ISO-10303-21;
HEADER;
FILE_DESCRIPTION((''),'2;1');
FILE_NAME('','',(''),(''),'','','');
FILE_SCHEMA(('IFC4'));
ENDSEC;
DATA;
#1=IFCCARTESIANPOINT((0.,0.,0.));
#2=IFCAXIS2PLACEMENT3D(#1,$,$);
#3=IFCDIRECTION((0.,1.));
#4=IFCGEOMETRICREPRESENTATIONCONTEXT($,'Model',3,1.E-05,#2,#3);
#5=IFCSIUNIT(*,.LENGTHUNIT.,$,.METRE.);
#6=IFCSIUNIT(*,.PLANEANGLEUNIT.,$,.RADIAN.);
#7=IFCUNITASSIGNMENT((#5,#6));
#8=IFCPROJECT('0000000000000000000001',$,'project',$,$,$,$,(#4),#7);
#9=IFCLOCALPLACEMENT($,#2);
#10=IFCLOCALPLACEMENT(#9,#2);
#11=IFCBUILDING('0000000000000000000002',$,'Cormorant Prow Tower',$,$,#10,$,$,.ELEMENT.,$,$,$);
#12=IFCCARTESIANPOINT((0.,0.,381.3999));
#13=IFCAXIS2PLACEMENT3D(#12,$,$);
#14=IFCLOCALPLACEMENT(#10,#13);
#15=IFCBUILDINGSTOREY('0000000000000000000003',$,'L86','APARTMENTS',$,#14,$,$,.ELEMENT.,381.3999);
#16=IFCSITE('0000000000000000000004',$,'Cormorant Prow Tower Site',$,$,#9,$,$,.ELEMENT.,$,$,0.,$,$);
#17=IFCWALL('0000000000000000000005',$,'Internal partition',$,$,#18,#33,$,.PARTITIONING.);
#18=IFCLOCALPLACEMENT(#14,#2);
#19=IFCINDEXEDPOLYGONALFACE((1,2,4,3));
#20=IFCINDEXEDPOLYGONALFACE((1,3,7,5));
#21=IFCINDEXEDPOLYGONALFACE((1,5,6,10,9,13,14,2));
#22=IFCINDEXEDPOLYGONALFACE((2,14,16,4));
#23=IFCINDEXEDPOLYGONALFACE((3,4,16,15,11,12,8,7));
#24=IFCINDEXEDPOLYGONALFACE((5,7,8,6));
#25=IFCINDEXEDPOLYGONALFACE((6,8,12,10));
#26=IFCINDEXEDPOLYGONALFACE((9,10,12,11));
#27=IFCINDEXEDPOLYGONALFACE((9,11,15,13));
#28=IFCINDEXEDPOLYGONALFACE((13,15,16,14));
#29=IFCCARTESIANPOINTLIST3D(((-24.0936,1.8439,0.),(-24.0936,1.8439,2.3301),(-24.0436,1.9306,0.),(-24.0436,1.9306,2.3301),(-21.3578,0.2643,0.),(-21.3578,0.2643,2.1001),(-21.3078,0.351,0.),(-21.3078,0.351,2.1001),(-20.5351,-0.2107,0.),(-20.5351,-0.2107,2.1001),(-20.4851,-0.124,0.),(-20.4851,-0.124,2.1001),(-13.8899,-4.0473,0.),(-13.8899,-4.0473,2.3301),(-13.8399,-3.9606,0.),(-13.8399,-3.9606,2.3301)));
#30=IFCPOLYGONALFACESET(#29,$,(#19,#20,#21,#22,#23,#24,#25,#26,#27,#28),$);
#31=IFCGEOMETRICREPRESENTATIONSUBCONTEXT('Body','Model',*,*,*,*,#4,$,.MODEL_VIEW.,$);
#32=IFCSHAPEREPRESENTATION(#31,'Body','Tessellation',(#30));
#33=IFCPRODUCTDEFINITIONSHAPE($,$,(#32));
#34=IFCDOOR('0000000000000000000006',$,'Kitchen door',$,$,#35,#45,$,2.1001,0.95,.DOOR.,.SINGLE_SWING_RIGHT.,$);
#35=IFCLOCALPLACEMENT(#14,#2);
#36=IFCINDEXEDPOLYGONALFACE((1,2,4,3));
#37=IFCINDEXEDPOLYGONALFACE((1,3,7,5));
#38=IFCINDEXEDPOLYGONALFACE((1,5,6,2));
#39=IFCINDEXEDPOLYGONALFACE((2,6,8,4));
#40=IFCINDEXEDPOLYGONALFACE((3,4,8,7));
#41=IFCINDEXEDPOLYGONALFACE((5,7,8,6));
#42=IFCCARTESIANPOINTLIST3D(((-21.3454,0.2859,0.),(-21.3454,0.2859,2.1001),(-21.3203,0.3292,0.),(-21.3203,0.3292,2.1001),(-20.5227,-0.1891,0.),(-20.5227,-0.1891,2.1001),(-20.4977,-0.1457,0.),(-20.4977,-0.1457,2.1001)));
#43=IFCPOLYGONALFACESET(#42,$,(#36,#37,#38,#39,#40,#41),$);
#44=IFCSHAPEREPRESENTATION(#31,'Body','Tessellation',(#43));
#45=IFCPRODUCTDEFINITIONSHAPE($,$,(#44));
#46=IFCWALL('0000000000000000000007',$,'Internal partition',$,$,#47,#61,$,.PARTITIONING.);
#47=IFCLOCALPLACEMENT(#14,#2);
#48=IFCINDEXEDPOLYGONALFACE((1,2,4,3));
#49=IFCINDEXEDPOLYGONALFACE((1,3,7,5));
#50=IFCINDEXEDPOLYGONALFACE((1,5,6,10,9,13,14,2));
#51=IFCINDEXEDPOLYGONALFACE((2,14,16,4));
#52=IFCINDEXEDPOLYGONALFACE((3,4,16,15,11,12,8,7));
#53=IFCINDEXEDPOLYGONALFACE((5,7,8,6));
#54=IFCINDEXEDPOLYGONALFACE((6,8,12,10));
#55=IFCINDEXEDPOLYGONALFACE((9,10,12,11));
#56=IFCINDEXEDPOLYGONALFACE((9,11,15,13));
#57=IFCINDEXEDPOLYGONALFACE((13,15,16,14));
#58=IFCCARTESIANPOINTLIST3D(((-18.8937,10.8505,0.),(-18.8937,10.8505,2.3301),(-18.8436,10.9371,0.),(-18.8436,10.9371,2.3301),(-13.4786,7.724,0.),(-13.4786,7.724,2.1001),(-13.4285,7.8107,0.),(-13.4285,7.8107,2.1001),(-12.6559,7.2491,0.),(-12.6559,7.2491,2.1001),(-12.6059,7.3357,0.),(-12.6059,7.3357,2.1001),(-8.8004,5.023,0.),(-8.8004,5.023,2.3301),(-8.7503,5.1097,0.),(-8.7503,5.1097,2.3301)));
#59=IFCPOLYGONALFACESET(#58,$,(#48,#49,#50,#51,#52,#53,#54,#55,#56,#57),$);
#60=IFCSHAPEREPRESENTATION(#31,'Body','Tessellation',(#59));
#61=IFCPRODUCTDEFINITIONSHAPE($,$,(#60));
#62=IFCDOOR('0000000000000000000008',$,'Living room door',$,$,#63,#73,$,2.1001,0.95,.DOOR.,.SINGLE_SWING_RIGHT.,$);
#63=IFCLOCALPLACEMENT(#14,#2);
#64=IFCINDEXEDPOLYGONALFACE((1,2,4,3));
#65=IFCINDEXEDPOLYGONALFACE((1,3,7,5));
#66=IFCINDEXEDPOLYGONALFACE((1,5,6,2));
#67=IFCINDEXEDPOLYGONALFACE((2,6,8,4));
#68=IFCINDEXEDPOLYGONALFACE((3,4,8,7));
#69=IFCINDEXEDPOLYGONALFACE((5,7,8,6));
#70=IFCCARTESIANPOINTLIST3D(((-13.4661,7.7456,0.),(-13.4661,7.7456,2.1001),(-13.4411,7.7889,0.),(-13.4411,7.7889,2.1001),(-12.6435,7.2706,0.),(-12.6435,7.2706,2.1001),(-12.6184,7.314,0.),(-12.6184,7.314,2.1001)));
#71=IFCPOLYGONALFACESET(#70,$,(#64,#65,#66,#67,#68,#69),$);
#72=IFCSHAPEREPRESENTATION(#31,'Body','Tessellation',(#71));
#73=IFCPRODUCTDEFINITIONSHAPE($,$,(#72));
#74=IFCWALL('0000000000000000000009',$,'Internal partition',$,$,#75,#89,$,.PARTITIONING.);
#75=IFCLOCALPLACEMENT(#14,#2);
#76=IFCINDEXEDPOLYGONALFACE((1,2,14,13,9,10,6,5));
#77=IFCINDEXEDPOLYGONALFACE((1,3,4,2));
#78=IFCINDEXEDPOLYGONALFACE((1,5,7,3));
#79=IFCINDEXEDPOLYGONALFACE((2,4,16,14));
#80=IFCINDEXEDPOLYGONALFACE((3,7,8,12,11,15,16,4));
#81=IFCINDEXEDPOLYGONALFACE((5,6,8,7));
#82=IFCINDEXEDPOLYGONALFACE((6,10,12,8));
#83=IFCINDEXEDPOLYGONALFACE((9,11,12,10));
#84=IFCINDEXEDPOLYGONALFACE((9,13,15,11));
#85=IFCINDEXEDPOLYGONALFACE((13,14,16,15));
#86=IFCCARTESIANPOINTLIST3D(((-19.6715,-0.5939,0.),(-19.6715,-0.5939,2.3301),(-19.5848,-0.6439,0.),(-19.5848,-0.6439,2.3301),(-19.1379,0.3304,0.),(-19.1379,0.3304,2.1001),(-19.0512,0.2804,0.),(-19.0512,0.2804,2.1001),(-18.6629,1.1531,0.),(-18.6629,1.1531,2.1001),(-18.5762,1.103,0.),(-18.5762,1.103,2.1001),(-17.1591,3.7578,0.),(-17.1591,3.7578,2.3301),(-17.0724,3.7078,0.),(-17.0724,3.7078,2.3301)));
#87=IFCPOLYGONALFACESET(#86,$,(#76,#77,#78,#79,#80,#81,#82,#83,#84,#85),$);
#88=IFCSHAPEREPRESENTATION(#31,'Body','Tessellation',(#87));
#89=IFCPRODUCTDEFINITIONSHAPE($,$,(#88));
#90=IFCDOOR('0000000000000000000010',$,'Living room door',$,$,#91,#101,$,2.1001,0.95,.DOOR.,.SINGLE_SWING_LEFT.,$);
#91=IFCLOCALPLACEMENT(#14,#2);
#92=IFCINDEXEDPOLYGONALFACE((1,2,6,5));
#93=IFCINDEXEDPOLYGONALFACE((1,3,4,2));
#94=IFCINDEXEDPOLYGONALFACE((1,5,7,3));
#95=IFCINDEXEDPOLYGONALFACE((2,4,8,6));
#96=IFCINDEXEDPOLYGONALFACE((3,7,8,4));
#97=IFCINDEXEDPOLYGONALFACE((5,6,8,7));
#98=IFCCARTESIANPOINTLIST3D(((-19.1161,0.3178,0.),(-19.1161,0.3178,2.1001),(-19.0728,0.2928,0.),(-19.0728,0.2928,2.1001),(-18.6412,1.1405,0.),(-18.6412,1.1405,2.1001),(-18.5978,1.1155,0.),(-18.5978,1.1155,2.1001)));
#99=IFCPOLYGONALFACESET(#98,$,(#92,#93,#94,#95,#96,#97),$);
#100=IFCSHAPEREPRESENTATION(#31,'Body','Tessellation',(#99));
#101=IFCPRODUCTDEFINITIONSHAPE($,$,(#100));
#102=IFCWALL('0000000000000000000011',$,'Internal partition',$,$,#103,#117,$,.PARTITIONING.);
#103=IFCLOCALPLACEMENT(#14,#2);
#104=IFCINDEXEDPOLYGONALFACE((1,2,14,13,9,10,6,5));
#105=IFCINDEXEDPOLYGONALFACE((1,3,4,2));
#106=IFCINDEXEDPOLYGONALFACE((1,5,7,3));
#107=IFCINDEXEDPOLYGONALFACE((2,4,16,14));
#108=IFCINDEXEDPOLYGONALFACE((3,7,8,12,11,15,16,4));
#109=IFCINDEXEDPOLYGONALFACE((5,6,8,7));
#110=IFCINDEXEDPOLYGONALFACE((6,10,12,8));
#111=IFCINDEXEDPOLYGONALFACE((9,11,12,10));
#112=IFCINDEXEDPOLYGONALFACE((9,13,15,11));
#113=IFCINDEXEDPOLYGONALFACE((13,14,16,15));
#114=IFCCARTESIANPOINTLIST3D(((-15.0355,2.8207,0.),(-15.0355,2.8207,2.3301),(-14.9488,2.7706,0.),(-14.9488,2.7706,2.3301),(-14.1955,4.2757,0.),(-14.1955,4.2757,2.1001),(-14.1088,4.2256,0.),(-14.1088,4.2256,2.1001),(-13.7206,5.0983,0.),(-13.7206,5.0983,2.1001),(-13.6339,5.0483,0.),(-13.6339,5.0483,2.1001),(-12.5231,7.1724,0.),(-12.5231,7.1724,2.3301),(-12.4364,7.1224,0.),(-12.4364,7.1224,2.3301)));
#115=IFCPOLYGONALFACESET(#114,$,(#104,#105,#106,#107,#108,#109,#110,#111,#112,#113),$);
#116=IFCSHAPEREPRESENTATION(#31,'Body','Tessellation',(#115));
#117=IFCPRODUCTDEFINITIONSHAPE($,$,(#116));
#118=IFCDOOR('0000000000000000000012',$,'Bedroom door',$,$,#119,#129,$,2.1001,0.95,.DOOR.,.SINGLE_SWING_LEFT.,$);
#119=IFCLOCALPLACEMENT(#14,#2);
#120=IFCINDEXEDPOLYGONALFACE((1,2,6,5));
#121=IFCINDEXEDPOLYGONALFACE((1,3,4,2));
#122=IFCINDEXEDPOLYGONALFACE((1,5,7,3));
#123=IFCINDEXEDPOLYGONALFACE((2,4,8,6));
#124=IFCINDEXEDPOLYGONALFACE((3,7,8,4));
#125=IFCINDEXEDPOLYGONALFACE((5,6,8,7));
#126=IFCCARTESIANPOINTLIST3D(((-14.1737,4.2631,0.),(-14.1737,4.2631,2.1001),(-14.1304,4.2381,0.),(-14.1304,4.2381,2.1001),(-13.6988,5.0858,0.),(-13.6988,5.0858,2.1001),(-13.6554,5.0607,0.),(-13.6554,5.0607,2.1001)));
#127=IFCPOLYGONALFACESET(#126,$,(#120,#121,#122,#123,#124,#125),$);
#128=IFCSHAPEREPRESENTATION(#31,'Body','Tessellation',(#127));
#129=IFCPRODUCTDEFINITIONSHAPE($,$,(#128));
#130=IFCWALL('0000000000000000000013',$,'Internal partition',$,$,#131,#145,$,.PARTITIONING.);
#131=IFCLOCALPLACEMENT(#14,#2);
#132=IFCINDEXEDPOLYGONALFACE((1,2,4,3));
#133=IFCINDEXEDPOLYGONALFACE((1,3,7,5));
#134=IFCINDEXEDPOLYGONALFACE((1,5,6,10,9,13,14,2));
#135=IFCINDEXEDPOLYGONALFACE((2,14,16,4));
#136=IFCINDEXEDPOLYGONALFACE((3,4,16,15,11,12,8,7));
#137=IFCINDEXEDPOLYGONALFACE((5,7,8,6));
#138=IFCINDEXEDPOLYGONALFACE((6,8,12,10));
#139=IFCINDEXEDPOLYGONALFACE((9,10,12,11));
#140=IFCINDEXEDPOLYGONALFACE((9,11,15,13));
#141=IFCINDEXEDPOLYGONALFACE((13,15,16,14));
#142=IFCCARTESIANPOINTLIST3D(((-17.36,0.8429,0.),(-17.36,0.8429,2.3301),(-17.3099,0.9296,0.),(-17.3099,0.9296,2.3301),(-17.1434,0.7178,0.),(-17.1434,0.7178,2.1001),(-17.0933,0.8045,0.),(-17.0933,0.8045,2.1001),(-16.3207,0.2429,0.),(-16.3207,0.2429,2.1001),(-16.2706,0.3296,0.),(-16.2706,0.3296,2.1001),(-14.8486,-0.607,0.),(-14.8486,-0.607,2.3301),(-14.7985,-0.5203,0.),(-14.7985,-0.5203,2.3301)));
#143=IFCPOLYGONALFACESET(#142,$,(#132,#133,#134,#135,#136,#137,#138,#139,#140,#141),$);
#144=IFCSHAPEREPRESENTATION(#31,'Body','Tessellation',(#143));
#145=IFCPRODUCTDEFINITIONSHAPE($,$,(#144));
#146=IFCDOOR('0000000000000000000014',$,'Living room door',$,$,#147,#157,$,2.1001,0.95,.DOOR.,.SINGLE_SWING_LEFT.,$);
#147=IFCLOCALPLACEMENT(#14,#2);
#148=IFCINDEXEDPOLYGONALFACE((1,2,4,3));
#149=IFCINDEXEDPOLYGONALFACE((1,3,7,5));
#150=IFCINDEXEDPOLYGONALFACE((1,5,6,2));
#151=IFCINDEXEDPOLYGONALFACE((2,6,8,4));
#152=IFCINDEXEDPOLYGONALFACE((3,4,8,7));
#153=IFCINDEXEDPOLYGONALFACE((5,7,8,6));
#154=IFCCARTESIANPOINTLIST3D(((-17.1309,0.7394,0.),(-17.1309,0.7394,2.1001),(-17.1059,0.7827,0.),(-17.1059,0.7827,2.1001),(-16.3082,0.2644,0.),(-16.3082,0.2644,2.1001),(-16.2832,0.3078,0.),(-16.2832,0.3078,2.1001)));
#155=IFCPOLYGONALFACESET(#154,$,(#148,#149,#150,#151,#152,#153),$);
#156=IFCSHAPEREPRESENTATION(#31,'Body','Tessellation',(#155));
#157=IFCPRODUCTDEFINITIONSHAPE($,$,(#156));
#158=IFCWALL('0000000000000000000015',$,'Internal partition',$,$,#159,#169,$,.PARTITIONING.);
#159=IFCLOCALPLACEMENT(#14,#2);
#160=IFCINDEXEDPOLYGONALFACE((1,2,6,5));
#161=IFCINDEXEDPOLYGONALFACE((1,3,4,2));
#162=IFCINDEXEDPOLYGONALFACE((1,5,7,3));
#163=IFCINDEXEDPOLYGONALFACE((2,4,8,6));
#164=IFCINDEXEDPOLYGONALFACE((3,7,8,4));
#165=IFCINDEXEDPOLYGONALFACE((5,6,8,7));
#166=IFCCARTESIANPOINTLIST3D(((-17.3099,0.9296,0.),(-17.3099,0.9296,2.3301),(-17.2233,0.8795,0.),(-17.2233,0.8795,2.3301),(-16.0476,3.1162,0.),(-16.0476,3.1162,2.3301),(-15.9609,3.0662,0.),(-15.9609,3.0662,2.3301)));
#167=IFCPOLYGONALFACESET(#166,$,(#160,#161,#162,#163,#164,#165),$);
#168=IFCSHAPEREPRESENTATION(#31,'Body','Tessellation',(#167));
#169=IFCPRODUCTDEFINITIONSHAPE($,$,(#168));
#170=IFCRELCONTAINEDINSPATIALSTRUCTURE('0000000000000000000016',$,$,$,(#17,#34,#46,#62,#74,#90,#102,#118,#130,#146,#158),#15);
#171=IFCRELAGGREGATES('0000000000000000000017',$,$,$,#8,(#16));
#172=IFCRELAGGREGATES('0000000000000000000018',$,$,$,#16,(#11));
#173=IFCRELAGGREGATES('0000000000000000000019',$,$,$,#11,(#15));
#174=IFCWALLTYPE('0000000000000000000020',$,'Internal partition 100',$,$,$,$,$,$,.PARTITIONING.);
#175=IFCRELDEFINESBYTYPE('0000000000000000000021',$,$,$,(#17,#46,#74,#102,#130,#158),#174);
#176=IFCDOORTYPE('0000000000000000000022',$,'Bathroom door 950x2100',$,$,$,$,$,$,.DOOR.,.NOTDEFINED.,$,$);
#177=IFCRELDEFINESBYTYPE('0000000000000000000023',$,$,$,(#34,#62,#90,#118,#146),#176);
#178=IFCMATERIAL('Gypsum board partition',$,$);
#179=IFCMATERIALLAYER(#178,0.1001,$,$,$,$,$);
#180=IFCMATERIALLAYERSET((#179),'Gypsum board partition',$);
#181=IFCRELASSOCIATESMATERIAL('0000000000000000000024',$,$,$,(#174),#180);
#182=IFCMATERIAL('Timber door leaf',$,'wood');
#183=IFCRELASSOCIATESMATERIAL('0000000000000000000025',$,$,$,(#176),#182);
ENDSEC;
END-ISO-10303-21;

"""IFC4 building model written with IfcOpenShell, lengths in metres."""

from ifc_helpers import new_model, si_unit, direction, frame, frame_2d, origin, place, context, subcontext, project, spatial, rectangle, extrude, material, layer, layer_set, type_object, element, fill, save


model = new_model("IFC4")

# Units and contexts
model_context = context("Model", 3, precision=1e-05, world=origin(), true_north=direction((0.0, 1.0)))
body_context = subcontext(model_context, "Body", "Model", "MODEL_VIEW")
ifc_project = project(units=[si_unit("LENGTHUNIT", "METRE"), si_unit("PLANEANGLEUNIT", "RADIAN")], contexts=[model_context])

# Site, building, storey
site_placement = place(None, origin())
site = spatial("IfcSite", under=ifc_project, at=site_placement, Name="Cormorant Prow Tower Site", CompositionType="ELEMENT", RefElevation=0.0)
building_placement = place(site_placement, origin())
building = spatial("IfcBuilding", under=site, at=building_placement, Name="Cormorant Prow Tower", CompositionType="ELEMENT")
storey_placement = place(building_placement, frame((0.0, 0.0, 381.3999)))
storey = spatial("IfcBuildingStorey", under=building, at=storey_placement, Name="L86", Description="APARTMENTS", CompositionType="ELEMENT", Elevation=381.3999)

# Walls, openings, doors
ifc_material_1 = material(Name="Gypsum board partition")
ifc_layer_1 = layer(ifc_material_1, 0.1001)
ifc_layer_set_1 = layer_set([ifc_layer_1], Name="Gypsum board partition")
wall_type_1 = type_object("IfcWallType", Name="Internal partition 100", PredefinedType="PARTITIONING", material=ifc_layer_set_1)
wall_1_placement = place(storey_placement, frame((-24.0686, 1.8872, 0.0), z_axis=(0.0, 0.0, 1.0), x_axis=(0.866023, -0.500003, 0.0)))
wall_1 = element("IfcWall", 1, at=wall_1_placement, inside=storey, type_object=wall_type_1, Name="Internal partition", PredefinedType="PARTITIONING", context=body_context, shape_type="SweptSolid", body=[
    extrude(rectangle(XDim=11.7822, YDim=0.1001, at=frame_2d((5.8911, 0.0))), origin(), (0.0, 0.0, 1.0), 2.3301),
])
opening_1_placement = place(wall_1_placement, frame((3.1589, 0.0, 0.0)))
opening_1 = element("IfcOpeningElement", 2, at=opening_1_placement, cuts=wall_1, PredefinedType="OPENING", context=body_context, shape_type="SweptSolid", body=[
    extrude(rectangle(XDim=0.95, YDim=2.1001, at=frame_2d((0.4751, 1.05))), frame((0.0, 0.0601, 0.0), z_axis=(0.0, -1.0, 0.0), x_axis=(1.0, 0.0, 0.0)), (0.0, 0.0, 1.0), 0.1201),
])
ifc_material_2 = material(Name="Timber door leaf", Category="wood")
door_type_1 = type_object("IfcDoorType", Name="Bathroom door 950x2100", OperationType="NOTDEFINED", PredefinedType="DOOR", material=ifc_material_2)
door_1_placement = place(opening_1_placement, origin())
door_1 = element("IfcDoor", 3, at=door_1_placement, inside=storey, type_object=door_type_1, Name="Kitchen door", OperationType="SINGLE_SWING_RIGHT", OverallHeight=2.1001, OverallWidth=0.95, PredefinedType="DOOR", context=body_context, shape_type="SweptSolid", body=[
    extrude(rectangle(XDim=0.95, YDim=2.1001, at=frame_2d((0.4751, 1.05))), frame((0.0, 0.0249, 0.0), z_axis=(0.0, -1.0, 0.0), x_axis=(1.0, 0.0, 0.0)), (0.0, 0.0, 1.0), 0.05),
])
fill(opening_1, door_1)
wall_2_placement = place(storey_placement, frame((-18.8687, 10.8938, 0.0), z_axis=(0.0, 0.0, 1.0), x_axis=(0.866024, -0.500003, 0.0)))
wall_2 = element("IfcWall", 4, at=wall_2_placement, inside=storey, type_object=wall_type_1, Name="Internal partition", PredefinedType="PARTITIONING", context=body_context, shape_type="SweptSolid", body=[
    extrude(rectangle(XDim=11.6548, YDim=0.1001, at=frame_2d((5.8274, 0.0))), origin(), (0.0, 0.0, 1.0), 2.3301),
])
opening_2_placement = place(wall_2_placement, frame((6.2527, 0.0, 0.0)))
opening_2 = element("IfcOpeningElement", 5, at=opening_2_placement, cuts=wall_2, PredefinedType="OPENING", context=body_context, shape_type="SweptSolid", body=[
    extrude(rectangle(XDim=0.95, YDim=2.1001, at=frame_2d((0.4751, 1.05))), frame((0.0, 0.0601, 0.0), z_axis=(0.0, -1.0, 0.0), x_axis=(1.0, 0.0, 0.0)), (0.0, 0.0, 1.0), 0.1201),
])
door_2_placement = place(opening_2_placement, origin())
door_2 = element("IfcDoor", 6, at=door_2_placement, inside=storey, type_object=door_type_1, Name="Living room door", OperationType="SINGLE_SWING_RIGHT", OverallHeight=2.1001, OverallWidth=0.95, PredefinedType="DOOR", context=body_context, shape_type="SweptSolid", body=[
    extrude(rectangle(XDim=0.95, YDim=2.1001, at=frame_2d((0.4751, 1.05))), frame((0.0, 0.0249, 0.0), z_axis=(0.0, -1.0, 0.0), x_axis=(1.0, 0.0, 0.0)), (0.0, 0.0, 1.0), 0.05),
])
fill(opening_2, door_2)
wall_3_placement = place(storey_placement, frame((-19.6282, -0.6189, 0.0), z_axis=(0.0, 0.0, 1.0), x_axis=(0.49999, 0.866031, 0.0)))
wall_3 = element("IfcWall", 7, at=wall_3_placement, inside=storey, type_object=wall_type_1, Name="Internal partition", PredefinedType="PARTITIONING", context=body_context, shape_type="SweptSolid", body=[
    extrude(rectangle(XDim=5.0249, YDim=0.1001, at=frame_2d((2.5125, 0.0))), origin(), (0.0, 0.0, 1.0), 2.3301),
])
opening_3_placement = place(wall_3_placement, frame((1.0671, 0.0, 0.0)))
opening_3 = element("IfcOpeningElement", 8, at=opening_3_placement, cuts=wall_3, PredefinedType="OPENING", context=body_context, shape_type="SweptSolid", body=[
    extrude(rectangle(XDim=0.95, YDim=2.1001, at=frame_2d((0.4751, 1.05))), frame((0.0, 0.0601, 0.0), z_axis=(0.0, -1.0, 0.0), x_axis=(1.0, 0.0, 0.0)), (0.0, 0.0, 1.0), 0.1201),
])
door_3_placement = place(opening_3_placement, origin())
door_3 = element("IfcDoor", 9, at=door_3_placement, inside=storey, type_object=door_type_1, Name="Living room door", OperationType="SINGLE_SWING_LEFT", OverallHeight=2.1001, OverallWidth=0.95, PredefinedType="DOOR", context=body_context, shape_type="SweptSolid", body=[
    extrude(rectangle(XDim=0.95, YDim=2.1001, at=frame_2d((0.4751, 1.05))), frame((0.0, 0.0249, 0.0), z_axis=(0.0, -1.0, 0.0), x_axis=(1.0, 0.0, 0.0)), (0.0, 0.0, 1.0), 0.05),
])
fill(opening_3, door_3)
wall_4_placement = place(storey_placement, frame((-14.9922, 2.7957, 0.0), z_axis=(0.0, 0.0, 1.0), x_axis=(0.49999, 0.866031, 0.0)))
wall_4 = element("IfcWall", 10, at=wall_4_placement, inside=storey, type_object=wall_type_1, Name="Internal partition", PredefinedType="PARTITIONING", context=body_context, shape_type="SweptSolid", body=[
    extrude(rectangle(XDim=5.0249, YDim=0.1001, at=frame_2d((2.5125, 0.0))), origin(), (0.0, 0.0, 1.0), 2.3301),
])
opening_4_placement = place(wall_4_placement, frame((1.6799, 0.0, 0.0)))
opening_4 = element("IfcOpeningElement", 11, at=opening_4_placement, cuts=wall_4, PredefinedType="OPENING", context=body_context, shape_type="SweptSolid", body=[
    extrude(rectangle(XDim=0.95, YDim=2.1001, at=frame_2d((0.4751, 1.05))), frame((0.0, 0.0601, 0.0), z_axis=(0.0, -1.0, 0.0), x_axis=(1.0, 0.0, 0.0)), (0.0, 0.0, 1.0), 0.1201),
])
door_4_placement = place(opening_4_placement, origin())
door_4 = element("IfcDoor", 12, at=door_4_placement, inside=storey, type_object=door_type_1, Name="Bedroom door", OperationType="SINGLE_SWING_LEFT", OverallHeight=2.1001, OverallWidth=0.95, PredefinedType="DOOR", context=body_context, shape_type="SweptSolid", body=[
    extrude(rectangle(XDim=0.95, YDim=2.1001, at=frame_2d((0.4751, 1.05))), frame((0.0, 0.0249, 0.0), z_axis=(0.0, -1.0, 0.0), x_axis=(1.0, 0.0, 0.0)), (0.0, 0.0, 1.0), 0.05),
])
fill(opening_4, door_4)
wall_5_placement = place(storey_placement, frame((-17.335, 0.8862, 0.0), z_axis=(0.0, 0.0, 1.0), x_axis=(0.866033, -0.499987, 0.0)))
wall_5 = element("IfcWall", 13, at=wall_5_placement, inside=storey, type_object=wall_type_1, Name="Internal partition", PredefinedType="PARTITIONING", context=body_context, shape_type="SweptSolid", body=[
    extrude(rectangle(XDim=2.8999, YDim=0.1001, at=frame_2d((1.45, 0.0))), origin(), (0.0, 0.0, 1.0), 2.3301),
])
opening_5_placement = place(wall_5_placement, frame((0.25, 0.0, 0.0)))
opening_5 = element("IfcOpeningElement", 14, at=opening_5_placement, cuts=wall_5, PredefinedType="OPENING", context=body_context, shape_type="SweptSolid", body=[
    extrude(rectangle(XDim=0.95, YDim=2.1001, at=frame_2d((0.4751, 1.05))), frame((0.0, 0.0601, 0.0), z_axis=(0.0, -1.0, 0.0), x_axis=(1.0, 0.0, 0.0)), (0.0, 0.0, 1.0), 0.1201),
])
door_5_placement = place(opening_5_placement, origin())
door_5 = element("IfcDoor", 15, at=door_5_placement, inside=storey, type_object=door_type_1, Name="Living room door", OperationType="SINGLE_SWING_LEFT", OverallHeight=2.1001, OverallWidth=0.95, PredefinedType="DOOR", context=body_context, shape_type="SweptSolid", body=[
    extrude(rectangle(XDim=0.95, YDim=2.1001, at=frame_2d((0.4751, 1.05))), frame((0.0, 0.0249, 0.0), z_axis=(0.0, -1.0, 0.0), x_axis=(1.0, 0.0, 0.0)), (0.0, 0.0, 1.0), 0.05),
])
fill(opening_5, door_5)

# Wall
wall_6_placement = place(storey_placement, frame((-17.2666, 0.9045, 0.0), z_axis=(0.0, 0.0, 1.0), x_axis=(0.499976, 0.866039, 0.0)))
element("IfcWall", 16, at=wall_6_placement, inside=storey, type_object=wall_type_1, Name="Internal partition", PredefinedType="PARTITIONING", context=body_context, shape_type="SweptSolid", body=[
    extrude(rectangle(XDim=2.5249, YDim=0.1001, at=frame_2d((1.2625, 0.0))), origin(), (0.0, 0.0, 1.0), 2.3301),
])

save(model, "model.ifc")
